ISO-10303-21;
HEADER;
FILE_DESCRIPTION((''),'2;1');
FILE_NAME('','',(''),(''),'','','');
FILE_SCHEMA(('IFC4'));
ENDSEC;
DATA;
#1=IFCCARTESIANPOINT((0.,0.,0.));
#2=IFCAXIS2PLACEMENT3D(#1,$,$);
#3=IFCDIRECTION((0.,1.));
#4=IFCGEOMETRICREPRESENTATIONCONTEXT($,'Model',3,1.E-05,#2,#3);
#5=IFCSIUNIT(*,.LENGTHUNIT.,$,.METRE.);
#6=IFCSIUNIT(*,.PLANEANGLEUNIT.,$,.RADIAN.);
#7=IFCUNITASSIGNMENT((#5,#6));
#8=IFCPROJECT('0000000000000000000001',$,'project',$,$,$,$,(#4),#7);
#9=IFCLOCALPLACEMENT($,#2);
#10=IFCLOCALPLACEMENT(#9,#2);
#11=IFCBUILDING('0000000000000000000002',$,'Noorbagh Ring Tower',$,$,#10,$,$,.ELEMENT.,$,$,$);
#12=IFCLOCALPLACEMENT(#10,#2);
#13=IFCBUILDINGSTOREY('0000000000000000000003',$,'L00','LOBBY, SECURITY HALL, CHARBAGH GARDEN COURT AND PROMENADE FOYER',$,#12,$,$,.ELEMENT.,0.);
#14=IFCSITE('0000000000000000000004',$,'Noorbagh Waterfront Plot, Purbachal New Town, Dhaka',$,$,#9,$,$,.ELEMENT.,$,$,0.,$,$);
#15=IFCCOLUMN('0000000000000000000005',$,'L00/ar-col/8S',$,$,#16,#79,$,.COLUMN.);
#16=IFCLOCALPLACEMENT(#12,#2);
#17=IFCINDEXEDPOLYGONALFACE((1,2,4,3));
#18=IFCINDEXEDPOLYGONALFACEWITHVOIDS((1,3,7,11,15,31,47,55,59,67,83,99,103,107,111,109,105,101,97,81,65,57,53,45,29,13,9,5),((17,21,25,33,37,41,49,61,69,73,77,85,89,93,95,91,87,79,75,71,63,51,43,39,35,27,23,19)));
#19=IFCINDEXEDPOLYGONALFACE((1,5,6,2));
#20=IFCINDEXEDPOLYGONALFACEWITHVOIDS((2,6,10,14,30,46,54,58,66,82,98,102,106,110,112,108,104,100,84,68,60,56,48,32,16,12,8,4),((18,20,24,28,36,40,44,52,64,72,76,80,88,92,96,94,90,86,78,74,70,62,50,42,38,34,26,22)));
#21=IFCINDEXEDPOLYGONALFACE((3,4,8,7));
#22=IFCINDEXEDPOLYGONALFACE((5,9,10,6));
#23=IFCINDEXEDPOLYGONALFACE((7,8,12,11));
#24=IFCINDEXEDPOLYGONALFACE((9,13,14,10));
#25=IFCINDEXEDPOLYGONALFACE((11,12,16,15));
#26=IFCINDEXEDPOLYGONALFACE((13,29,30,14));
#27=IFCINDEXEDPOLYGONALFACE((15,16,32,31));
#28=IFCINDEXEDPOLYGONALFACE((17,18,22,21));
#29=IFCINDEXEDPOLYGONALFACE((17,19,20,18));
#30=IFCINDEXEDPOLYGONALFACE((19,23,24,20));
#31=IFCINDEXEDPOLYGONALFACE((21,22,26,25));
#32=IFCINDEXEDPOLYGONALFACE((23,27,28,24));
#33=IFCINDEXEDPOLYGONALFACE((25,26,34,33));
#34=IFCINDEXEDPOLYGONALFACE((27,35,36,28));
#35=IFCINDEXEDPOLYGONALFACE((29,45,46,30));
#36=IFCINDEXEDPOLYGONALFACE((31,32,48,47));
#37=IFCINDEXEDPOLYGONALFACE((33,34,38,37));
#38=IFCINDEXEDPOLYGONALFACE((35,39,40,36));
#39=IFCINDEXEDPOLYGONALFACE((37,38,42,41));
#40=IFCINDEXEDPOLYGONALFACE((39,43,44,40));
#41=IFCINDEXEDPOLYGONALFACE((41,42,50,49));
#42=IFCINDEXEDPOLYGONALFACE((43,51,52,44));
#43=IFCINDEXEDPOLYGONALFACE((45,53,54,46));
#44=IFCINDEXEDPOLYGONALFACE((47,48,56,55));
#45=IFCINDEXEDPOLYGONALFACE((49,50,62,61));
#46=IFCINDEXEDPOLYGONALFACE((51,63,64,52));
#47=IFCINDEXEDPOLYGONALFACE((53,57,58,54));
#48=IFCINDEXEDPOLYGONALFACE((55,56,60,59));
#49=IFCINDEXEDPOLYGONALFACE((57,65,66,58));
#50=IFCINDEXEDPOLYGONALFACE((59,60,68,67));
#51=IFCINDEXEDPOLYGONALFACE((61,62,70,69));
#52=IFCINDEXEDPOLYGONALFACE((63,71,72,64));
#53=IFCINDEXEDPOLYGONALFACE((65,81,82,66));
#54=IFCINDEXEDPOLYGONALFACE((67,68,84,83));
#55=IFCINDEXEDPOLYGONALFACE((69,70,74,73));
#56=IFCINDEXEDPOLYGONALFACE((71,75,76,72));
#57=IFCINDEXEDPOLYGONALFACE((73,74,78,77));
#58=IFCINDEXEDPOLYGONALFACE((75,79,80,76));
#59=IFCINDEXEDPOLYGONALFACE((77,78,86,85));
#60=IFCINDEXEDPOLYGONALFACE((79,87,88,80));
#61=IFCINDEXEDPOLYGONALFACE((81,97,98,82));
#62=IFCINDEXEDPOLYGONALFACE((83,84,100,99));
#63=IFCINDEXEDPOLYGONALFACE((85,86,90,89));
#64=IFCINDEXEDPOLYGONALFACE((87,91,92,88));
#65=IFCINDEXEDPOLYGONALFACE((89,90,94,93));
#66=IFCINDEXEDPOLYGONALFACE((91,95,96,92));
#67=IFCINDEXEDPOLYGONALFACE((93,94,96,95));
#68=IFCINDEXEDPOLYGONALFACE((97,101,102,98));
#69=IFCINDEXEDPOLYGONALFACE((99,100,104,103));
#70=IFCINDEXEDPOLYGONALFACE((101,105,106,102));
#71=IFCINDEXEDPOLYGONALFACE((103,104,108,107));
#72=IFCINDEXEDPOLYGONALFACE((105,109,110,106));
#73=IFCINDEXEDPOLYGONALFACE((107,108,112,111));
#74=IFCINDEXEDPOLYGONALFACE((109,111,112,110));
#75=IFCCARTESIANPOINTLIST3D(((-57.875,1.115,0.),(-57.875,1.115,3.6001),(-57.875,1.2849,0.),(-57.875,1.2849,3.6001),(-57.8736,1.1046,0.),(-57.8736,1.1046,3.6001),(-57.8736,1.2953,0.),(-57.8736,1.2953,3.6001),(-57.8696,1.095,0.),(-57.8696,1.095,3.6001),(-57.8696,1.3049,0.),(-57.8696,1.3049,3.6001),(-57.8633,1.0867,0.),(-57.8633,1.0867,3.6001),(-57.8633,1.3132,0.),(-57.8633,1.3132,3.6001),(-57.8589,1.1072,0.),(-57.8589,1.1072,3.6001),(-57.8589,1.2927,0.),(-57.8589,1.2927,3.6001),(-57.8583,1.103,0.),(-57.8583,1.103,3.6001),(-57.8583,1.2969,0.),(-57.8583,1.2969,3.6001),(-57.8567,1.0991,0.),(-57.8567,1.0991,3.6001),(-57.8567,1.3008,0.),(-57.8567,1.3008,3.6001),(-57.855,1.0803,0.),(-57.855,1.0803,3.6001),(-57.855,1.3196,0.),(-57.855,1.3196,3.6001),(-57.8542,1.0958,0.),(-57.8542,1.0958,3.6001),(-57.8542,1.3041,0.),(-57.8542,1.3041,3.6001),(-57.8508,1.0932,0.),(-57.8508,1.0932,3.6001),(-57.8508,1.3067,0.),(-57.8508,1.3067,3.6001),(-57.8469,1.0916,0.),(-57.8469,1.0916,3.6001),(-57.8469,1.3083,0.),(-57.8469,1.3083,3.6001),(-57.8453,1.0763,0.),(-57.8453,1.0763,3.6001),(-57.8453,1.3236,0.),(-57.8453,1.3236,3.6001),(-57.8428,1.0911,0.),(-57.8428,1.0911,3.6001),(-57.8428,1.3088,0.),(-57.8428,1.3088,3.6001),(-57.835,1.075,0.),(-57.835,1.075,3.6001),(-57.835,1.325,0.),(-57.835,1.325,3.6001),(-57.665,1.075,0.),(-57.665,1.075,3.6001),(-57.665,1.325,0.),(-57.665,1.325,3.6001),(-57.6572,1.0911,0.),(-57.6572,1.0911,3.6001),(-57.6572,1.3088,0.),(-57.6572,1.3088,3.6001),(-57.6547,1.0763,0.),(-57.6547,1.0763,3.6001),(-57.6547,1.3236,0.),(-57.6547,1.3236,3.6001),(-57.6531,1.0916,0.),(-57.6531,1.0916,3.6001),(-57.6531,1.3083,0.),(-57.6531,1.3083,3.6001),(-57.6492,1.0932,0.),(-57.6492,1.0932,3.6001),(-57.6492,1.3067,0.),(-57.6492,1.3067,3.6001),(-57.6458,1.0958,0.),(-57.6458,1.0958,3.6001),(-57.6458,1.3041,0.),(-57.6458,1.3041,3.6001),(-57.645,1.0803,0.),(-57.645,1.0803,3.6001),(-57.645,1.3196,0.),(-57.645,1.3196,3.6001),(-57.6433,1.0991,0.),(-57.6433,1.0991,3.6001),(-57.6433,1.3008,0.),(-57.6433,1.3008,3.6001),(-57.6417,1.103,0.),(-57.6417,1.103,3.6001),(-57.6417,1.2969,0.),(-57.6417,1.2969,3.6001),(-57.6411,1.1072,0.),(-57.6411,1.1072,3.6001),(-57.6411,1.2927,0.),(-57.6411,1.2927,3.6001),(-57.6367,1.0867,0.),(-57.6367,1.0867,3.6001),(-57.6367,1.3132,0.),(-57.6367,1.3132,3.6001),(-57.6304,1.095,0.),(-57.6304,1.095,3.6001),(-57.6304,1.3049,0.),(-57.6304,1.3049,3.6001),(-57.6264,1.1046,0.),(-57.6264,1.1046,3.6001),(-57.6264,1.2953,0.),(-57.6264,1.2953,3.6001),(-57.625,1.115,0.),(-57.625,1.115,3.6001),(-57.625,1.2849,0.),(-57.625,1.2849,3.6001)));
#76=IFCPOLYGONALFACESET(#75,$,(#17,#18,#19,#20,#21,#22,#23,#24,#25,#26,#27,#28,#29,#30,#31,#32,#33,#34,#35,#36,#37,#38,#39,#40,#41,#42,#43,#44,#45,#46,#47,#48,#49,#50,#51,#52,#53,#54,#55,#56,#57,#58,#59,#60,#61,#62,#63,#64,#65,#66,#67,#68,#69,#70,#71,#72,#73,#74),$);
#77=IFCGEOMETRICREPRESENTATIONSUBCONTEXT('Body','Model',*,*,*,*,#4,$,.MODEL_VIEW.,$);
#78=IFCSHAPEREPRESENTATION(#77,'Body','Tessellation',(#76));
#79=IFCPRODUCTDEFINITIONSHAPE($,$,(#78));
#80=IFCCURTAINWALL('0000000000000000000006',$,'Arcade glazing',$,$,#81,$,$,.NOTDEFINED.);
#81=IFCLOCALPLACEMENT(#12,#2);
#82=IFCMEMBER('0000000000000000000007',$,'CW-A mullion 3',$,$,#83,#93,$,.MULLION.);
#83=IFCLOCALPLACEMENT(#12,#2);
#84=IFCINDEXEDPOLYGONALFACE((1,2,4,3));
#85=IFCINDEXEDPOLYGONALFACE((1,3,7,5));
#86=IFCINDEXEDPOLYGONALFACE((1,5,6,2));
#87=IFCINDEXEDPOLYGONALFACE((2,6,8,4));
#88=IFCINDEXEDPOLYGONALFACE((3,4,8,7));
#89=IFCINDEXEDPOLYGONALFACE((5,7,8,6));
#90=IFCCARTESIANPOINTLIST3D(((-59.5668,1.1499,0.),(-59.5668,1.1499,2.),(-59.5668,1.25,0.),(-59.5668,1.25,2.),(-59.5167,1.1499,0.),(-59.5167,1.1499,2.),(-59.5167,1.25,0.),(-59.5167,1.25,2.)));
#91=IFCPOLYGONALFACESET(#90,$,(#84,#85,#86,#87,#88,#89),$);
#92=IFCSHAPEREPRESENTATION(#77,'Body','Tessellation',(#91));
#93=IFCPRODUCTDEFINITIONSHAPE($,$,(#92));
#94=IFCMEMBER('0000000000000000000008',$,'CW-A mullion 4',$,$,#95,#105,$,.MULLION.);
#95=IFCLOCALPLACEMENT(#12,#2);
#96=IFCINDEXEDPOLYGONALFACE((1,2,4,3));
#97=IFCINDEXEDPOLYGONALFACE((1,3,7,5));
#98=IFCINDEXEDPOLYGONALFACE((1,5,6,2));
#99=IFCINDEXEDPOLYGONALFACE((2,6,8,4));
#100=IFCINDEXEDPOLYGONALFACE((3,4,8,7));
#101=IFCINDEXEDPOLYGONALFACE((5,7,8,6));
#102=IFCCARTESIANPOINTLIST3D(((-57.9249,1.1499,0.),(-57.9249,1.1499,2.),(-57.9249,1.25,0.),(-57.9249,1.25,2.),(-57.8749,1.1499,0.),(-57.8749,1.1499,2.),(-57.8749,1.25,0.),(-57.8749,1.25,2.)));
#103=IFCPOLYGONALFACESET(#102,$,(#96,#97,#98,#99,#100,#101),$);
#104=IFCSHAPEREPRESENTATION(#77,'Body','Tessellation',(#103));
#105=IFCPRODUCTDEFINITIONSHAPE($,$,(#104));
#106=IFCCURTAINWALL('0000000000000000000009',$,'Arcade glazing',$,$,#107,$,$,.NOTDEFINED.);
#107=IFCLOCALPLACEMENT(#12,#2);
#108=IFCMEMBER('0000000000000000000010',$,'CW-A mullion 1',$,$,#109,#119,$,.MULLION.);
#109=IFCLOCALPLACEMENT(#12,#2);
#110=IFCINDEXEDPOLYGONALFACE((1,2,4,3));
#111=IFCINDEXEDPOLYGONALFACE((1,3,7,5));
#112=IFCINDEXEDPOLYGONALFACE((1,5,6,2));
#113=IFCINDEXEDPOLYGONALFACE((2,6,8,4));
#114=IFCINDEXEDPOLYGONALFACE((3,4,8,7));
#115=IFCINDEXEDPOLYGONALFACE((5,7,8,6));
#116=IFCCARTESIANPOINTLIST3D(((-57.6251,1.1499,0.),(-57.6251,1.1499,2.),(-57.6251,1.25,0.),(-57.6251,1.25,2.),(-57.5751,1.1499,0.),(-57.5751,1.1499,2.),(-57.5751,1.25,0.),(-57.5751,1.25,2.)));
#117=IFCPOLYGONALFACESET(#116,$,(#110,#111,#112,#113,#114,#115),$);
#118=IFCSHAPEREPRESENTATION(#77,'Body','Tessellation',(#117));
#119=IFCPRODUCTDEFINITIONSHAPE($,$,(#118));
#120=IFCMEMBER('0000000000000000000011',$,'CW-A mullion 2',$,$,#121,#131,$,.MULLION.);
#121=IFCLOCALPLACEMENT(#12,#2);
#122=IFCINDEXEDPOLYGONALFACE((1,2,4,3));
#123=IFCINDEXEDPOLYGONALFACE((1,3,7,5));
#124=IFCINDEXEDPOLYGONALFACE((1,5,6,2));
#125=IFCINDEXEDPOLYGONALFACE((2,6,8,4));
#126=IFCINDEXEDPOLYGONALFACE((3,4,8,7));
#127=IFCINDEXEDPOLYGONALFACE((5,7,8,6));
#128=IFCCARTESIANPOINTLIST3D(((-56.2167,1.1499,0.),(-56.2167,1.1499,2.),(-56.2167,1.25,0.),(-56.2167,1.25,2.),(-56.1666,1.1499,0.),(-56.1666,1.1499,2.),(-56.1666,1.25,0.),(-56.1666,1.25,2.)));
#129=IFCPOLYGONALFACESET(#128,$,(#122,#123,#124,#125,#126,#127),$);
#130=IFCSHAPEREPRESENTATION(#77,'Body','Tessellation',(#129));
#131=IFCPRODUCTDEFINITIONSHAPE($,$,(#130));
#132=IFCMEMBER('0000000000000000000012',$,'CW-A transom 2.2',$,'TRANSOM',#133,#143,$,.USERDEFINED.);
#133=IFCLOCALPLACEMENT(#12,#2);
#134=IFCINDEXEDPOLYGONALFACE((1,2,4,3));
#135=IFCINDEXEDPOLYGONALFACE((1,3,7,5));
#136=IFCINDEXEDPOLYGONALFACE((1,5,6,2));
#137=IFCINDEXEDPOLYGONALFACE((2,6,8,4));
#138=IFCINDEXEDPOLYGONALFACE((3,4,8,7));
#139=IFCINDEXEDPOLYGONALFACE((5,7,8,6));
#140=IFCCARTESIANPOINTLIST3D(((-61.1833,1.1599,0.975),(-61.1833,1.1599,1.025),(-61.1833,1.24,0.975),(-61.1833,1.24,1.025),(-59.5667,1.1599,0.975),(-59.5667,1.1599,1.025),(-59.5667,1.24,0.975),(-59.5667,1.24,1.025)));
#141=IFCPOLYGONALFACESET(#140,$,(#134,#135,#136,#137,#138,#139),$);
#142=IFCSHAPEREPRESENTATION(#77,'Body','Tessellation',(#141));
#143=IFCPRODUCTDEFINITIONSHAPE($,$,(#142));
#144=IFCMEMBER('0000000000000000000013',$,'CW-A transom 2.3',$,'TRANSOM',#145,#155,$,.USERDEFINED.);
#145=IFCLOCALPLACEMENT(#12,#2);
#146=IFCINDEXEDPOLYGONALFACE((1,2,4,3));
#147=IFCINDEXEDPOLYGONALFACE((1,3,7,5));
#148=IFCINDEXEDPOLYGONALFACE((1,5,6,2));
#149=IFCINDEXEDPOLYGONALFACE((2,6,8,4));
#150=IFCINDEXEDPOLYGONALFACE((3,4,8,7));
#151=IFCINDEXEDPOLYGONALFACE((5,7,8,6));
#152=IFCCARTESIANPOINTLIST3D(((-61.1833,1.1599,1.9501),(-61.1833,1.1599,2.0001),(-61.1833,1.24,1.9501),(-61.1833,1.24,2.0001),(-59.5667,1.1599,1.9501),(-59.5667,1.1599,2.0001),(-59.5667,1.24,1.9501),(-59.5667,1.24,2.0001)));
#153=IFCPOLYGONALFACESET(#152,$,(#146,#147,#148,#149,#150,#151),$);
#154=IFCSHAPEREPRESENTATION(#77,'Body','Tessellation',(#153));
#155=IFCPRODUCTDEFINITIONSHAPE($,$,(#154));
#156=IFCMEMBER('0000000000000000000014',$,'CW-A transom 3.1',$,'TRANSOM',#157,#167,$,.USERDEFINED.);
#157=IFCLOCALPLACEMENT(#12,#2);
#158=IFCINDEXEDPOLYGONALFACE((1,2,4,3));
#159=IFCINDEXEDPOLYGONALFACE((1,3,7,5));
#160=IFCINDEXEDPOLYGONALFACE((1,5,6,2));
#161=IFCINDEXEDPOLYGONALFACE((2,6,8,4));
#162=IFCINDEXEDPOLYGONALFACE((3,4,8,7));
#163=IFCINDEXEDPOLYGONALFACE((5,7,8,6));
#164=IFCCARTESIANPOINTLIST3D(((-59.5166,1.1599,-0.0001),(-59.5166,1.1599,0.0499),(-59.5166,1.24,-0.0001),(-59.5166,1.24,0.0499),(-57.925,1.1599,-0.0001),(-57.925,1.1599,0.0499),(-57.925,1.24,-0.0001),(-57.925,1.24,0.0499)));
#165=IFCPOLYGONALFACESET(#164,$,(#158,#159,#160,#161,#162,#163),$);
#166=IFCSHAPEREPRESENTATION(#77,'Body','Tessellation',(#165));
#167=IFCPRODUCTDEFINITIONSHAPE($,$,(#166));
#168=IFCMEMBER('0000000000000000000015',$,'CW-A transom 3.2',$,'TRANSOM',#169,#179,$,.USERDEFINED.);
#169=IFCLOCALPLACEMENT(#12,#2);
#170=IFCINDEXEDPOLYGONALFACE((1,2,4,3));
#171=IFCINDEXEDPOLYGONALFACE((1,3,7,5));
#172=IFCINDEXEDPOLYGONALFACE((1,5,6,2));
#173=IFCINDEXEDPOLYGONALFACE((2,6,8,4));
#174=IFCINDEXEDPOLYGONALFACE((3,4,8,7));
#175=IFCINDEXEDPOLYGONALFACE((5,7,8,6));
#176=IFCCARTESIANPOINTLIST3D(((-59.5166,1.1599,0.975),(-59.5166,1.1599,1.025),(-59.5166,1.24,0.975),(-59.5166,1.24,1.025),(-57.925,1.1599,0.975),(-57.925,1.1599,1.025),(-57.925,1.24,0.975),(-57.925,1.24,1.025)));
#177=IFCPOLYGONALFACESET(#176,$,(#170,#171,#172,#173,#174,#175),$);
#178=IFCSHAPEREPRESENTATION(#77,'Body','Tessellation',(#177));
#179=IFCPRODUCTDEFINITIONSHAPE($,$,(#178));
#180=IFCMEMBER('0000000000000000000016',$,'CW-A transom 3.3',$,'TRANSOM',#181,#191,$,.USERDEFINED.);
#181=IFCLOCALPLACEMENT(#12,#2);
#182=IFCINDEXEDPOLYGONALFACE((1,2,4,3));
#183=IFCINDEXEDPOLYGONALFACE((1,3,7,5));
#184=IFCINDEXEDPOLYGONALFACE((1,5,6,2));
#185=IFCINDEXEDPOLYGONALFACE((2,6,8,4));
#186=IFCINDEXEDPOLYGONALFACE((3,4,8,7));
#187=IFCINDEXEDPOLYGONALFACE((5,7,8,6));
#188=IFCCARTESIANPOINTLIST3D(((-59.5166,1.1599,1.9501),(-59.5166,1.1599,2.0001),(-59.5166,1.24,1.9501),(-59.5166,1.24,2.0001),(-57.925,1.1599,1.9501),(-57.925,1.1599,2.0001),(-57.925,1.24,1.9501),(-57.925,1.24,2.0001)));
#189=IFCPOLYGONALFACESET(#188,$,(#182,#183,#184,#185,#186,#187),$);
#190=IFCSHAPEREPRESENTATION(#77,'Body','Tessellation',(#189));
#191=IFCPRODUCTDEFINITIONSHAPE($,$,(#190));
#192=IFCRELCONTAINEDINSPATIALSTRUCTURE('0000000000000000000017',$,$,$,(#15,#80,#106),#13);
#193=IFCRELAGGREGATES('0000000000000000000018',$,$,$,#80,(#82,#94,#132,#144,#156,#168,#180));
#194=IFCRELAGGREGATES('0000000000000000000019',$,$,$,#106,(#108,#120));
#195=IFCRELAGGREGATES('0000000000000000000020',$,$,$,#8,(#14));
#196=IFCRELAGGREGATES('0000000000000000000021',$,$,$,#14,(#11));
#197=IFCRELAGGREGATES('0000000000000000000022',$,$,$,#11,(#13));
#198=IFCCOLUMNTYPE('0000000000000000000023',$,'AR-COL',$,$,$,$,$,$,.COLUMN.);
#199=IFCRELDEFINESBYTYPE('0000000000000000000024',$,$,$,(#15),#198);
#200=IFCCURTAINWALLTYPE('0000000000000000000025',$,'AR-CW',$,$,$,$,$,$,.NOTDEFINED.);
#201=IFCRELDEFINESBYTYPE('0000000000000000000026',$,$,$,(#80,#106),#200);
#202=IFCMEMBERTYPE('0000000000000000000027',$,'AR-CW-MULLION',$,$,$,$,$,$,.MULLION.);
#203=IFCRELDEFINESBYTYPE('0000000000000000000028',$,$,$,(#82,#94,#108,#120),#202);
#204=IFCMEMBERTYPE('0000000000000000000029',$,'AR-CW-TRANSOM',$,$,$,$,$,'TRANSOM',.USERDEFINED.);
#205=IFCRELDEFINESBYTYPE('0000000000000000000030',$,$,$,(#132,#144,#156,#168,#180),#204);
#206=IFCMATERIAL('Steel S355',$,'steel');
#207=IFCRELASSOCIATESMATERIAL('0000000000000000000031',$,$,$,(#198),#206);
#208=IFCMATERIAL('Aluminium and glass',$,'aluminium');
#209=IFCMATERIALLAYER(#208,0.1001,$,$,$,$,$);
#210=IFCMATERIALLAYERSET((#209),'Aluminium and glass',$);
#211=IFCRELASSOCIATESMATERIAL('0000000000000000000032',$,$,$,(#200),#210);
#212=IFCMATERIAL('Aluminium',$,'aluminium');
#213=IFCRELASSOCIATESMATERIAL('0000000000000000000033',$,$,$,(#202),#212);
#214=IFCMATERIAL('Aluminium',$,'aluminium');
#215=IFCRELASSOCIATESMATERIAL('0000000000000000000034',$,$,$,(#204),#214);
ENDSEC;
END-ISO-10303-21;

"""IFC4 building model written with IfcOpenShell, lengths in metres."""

from ifc_helpers import new_model, si_unit, direction, frame, origin, origin_2d, place, context, subcontext, project, spatial, rectangle, hollow_rectangle, extrude, material, layer, layer_set, material_profile, profile_set, type_object, element, aggregate, save


model = new_model("IFC4")

# Units and contexts
model_context = context("Model", 3, precision=1e-05, world=origin(), true_north=direction((0.0, 1.0)))
body_context = subcontext(model_context, "Body", "Model", "MODEL_VIEW")
ifc_project = project(units=[si_unit("LENGTHUNIT", "METRE"), si_unit("PLANEANGLEUNIT", "RADIAN")], contexts=[model_context])

# Site, building, storey
site_placement = place(None, origin())
site = spatial("IfcSite", under=ifc_project, at=site_placement, Name="Noorbagh Waterfront Plot, Purbachal New Town, Dhaka", CompositionType="ELEMENT", RefElevation=0.0)
building_placement = place(site_placement, origin())
building = spatial("IfcBuilding", under=site, at=building_placement, Name="Noorbagh Ring Tower", CompositionType="ELEMENT")
storey_placement = place(building_placement, origin())
storey = spatial("IfcBuildingStorey", under=building, at=storey_placement, Name="L00", Description="LOBBY, SECURITY HALL, CHARBAGH GARDEN COURT AND PROMENADE FOYER", CompositionType="ELEMENT", Elevation=0.0)

# Column
ifc_material_1 = material(Name="Steel S355", Category="steel")
ifc_material_profile_1 = material_profile(ifc_material_1, hollow_rectangle(XDim=0.25, YDim=0.25, WallThickness=0.0161, InnerFilletRadius=0.0161, OuterFilletRadius=0.04, at=origin_2d()), Name="SHS250x250x16")
ifc_profile_set_1 = profile_set([ifc_material_profile_1], Name="Steel S355")
column_type = type_object("IfcColumnType", Name="AR-COL", PredefinedType="COLUMN", material=ifc_profile_set_1)
column_placement = place(storey_placement, frame((-57.75, 1.2, 0.0), z_axis=(0.0, 0.0, 1.0), x_axis=(1.0, 0.0, 0.0)))
element("IfcColumn", 1, at=column_placement, inside=storey, type_object=column_type, Name="L00/ar-col/8S", PredefinedType="COLUMN", context=body_context, shape_type="SweptSolid", body=[
    extrude(hollow_rectangle(XDim=0.25, YDim=0.25, WallThickness=0.0161, InnerFilletRadius=0.0161, OuterFilletRadius=0.04, at=origin_2d()), origin(), (0.0, 0.0, 1.0), 3.6001),
])

# Curtain walls, members
ifc_material_2 = material(Name="Aluminium and glass", Category="aluminium")
ifc_layer_1 = layer(ifc_material_2, 0.1001)
ifc_layer_set_1 = layer_set([ifc_layer_1], Name="Aluminium and glass")
curtain_wall_type = type_object("IfcCurtainWallType", Name="AR-CW", PredefinedType="NOTDEFINED", material=ifc_layer_set_1)
curtain_wall_1_placement = place(storey_placement, origin())
curtain_wall_1 = element("IfcCurtainWall", 2, at=curtain_wall_1_placement, inside=storey, type_object=curtain_wall_type, Name="Arcade glazing", PredefinedType="NOTDEFINED")
ifc_material_3 = material(Name="Aluminium", Category="aluminium")
ifc_material_profile_2 = material_profile(ifc_material_3, rectangle(XDim=0.1001, YDim=0.05, at=origin_2d()), Name="AL 100x50")
ifc_profile_set_2 = profile_set([ifc_material_profile_2], Name="Aluminium")
member_type_1 = type_object("IfcMemberType", Name="AR-CW-MULLION", PredefinedType="MULLION", material=ifc_profile_set_2)
member_1_placement = place(storey_placement, frame((-59.5417, 1.2, 0.0), z_axis=(0.0, 0.0, 1.0), x_axis=(0.0, 1.0, 0.0)))
member_1 = element("IfcMember", 3, at=member_1_placement, type_object=member_type_1, Name="CW-A mullion 3", PredefinedType="MULLION", context=body_context, shape_type="SweptSolid", body=[
    extrude(rectangle(XDim=0.1001, YDim=0.05, at=origin_2d()), origin(), (0.0, 0.0, 1.0), 2.0),
])
member_2_placement = place(storey_placement, frame((-57.8999, 1.2, 0.0), z_axis=(0.0, 0.0, 1.0), x_axis=(0.0, 1.0, 0.0)))
member_2 = element("IfcMember", 4, at=member_2_placement, type_object=member_type_1, Name="CW-A mullion 4", PredefinedType="MULLION", context=body_context, shape_type="SweptSolid", body=[
    extrude(rectangle(XDim=0.1001, YDim=0.05, at=origin_2d()), origin(), (0.0, 0.0, 1.0), 2.0),
])
curtain_wall_2_placement = place(storey_placement, origin())
curtain_wall_2 = element("IfcCurtainWall", 5, at=curtain_wall_2_placement, inside=storey, type_object=curtain_wall_type, Name="Arcade glazing", PredefinedType="NOTDEFINED")
member_3_placement = place(storey_placement, frame((-57.6001, 1.2, 0.0), z_axis=(0.0, 0.0, 1.0), x_axis=(0.0, 1.0, 0.0)))
member_3 = element("IfcMember", 6, at=member_3_placement, type_object=member_type_1, Name="CW-A mullion 1", PredefinedType="MULLION", context=body_context, shape_type="SweptSolid", body=[
    extrude(rectangle(XDim=0.1001, YDim=0.05, at=origin_2d()), origin(), (0.0, 0.0, 1.0), 2.0),
])
member_4_placement = place(storey_placement, frame((-56.1917, 1.2, 0.0), z_axis=(0.0, 0.0, 1.0), x_axis=(0.0, 1.0, 0.0)))
member_4 = element("IfcMember", 7, at=member_4_placement, type_object=member_type_1, Name="CW-A mullion 2", PredefinedType="MULLION", context=body_context, shape_type="SweptSolid", body=[
    extrude(rectangle(XDim=0.1001, YDim=0.05, at=origin_2d()), origin(), (0.0, 0.0, 1.0), 2.0),
])

# Members
ifc_material_4 = material(Name="Aluminium", Category="aluminium")
ifc_material_profile_3 = material_profile(ifc_material_4, rectangle(XDim=0.0801, YDim=0.05, at=origin_2d()), Name="AL 80x50")
ifc_profile_set_3 = profile_set([ifc_material_profile_3], Name="Aluminium")
member_type_2 = type_object("IfcMemberType", Name="AR-CW-TRANSOM", ElementType="TRANSOM", PredefinedType="USERDEFINED", material=ifc_profile_set_3)
member_5_placement = place(storey_placement, frame((-61.1833, 1.2, 1.0), z_axis=(1.0, 0.0, 0.0), x_axis=(0.0, 1.0, 0.0)))
member_5 = element("IfcMember", 8, at=member_5_placement, type_object=member_type_2, Name="CW-A transom 2.2", ObjectType="TRANSOM", PredefinedType="USERDEFINED", context=body_context, shape_type="SweptSolid", body=[
    extrude(rectangle(XDim=0.0801, YDim=0.05, at=origin_2d()), origin(), (0.0, 0.0, 1.0), 1.6167),
])
member_6_placement = place(storey_placement, frame((-61.1833, 1.2, 1.9751), z_axis=(1.0, 0.0, 0.0), x_axis=(0.0, 1.0, 0.0)))
member_6 = element("IfcMember", 9, at=member_6_placement, type_object=member_type_2, Name="CW-A transom 2.3", ObjectType="TRANSOM", PredefinedType="USERDEFINED", context=body_context, shape_type="SweptSolid", body=[
    extrude(rectangle(XDim=0.0801, YDim=0.05, at=origin_2d()), origin(), (0.0, 0.0, 1.0), 1.6167),
])
member_7_placement = place(storey_placement, frame((-59.5166, 1.2, 0.0249), z_axis=(1.0, 0.0, 0.0), x_axis=(0.0, 1.0, 0.0)))
member_7 = element("IfcMember", 10, at=member_7_placement, type_object=member_type_2, Name="CW-A transom 3.1", ObjectType="TRANSOM", PredefinedType="USERDEFINED", context=body_context, shape_type="SweptSolid", body=[
    extrude(rectangle(XDim=0.0801, YDim=0.05, at=origin_2d()), origin(), (0.0, 0.0, 1.0), 1.5916),
])
member_8_placement = place(storey_placement, frame((-59.5166, 1.2, 1.0), z_axis=(1.0, 0.0, 0.0), x_axis=(0.0, 1.0, 0.0)))
member_8 = element("IfcMember", 11, at=member_8_placement, type_object=member_type_2, Name="CW-A transom 3.2", ObjectType="TRANSOM", PredefinedType="USERDEFINED", context=body_context, shape_type="SweptSolid", body=[
    extrude(rectangle(XDim=0.0801, YDim=0.05, at=origin_2d()), origin(), (0.0, 0.0, 1.0), 1.5916),
])
member_9_placement = place(storey_placement, frame((-59.5166, 1.2, 1.9751), z_axis=(1.0, 0.0, 0.0), x_axis=(0.0, 1.0, 0.0)))
member_9 = element("IfcMember", 12, at=member_9_placement, type_object=member_type_2, Name="CW-A transom 3.3", ObjectType="TRANSOM", PredefinedType="USERDEFINED", context=body_context, shape_type="SweptSolid", body=[
    extrude(rectangle(XDim=0.0801, YDim=0.05, at=origin_2d()), origin(), (0.0, 0.0, 1.0), 1.5916),
])

aggregate(curtain_wall_1, [member_1, member_2, member_5, member_6, member_7, member_8, member_9])
aggregate(curtain_wall_2, [member_3, member_4])

save(model, "model.ifc")
